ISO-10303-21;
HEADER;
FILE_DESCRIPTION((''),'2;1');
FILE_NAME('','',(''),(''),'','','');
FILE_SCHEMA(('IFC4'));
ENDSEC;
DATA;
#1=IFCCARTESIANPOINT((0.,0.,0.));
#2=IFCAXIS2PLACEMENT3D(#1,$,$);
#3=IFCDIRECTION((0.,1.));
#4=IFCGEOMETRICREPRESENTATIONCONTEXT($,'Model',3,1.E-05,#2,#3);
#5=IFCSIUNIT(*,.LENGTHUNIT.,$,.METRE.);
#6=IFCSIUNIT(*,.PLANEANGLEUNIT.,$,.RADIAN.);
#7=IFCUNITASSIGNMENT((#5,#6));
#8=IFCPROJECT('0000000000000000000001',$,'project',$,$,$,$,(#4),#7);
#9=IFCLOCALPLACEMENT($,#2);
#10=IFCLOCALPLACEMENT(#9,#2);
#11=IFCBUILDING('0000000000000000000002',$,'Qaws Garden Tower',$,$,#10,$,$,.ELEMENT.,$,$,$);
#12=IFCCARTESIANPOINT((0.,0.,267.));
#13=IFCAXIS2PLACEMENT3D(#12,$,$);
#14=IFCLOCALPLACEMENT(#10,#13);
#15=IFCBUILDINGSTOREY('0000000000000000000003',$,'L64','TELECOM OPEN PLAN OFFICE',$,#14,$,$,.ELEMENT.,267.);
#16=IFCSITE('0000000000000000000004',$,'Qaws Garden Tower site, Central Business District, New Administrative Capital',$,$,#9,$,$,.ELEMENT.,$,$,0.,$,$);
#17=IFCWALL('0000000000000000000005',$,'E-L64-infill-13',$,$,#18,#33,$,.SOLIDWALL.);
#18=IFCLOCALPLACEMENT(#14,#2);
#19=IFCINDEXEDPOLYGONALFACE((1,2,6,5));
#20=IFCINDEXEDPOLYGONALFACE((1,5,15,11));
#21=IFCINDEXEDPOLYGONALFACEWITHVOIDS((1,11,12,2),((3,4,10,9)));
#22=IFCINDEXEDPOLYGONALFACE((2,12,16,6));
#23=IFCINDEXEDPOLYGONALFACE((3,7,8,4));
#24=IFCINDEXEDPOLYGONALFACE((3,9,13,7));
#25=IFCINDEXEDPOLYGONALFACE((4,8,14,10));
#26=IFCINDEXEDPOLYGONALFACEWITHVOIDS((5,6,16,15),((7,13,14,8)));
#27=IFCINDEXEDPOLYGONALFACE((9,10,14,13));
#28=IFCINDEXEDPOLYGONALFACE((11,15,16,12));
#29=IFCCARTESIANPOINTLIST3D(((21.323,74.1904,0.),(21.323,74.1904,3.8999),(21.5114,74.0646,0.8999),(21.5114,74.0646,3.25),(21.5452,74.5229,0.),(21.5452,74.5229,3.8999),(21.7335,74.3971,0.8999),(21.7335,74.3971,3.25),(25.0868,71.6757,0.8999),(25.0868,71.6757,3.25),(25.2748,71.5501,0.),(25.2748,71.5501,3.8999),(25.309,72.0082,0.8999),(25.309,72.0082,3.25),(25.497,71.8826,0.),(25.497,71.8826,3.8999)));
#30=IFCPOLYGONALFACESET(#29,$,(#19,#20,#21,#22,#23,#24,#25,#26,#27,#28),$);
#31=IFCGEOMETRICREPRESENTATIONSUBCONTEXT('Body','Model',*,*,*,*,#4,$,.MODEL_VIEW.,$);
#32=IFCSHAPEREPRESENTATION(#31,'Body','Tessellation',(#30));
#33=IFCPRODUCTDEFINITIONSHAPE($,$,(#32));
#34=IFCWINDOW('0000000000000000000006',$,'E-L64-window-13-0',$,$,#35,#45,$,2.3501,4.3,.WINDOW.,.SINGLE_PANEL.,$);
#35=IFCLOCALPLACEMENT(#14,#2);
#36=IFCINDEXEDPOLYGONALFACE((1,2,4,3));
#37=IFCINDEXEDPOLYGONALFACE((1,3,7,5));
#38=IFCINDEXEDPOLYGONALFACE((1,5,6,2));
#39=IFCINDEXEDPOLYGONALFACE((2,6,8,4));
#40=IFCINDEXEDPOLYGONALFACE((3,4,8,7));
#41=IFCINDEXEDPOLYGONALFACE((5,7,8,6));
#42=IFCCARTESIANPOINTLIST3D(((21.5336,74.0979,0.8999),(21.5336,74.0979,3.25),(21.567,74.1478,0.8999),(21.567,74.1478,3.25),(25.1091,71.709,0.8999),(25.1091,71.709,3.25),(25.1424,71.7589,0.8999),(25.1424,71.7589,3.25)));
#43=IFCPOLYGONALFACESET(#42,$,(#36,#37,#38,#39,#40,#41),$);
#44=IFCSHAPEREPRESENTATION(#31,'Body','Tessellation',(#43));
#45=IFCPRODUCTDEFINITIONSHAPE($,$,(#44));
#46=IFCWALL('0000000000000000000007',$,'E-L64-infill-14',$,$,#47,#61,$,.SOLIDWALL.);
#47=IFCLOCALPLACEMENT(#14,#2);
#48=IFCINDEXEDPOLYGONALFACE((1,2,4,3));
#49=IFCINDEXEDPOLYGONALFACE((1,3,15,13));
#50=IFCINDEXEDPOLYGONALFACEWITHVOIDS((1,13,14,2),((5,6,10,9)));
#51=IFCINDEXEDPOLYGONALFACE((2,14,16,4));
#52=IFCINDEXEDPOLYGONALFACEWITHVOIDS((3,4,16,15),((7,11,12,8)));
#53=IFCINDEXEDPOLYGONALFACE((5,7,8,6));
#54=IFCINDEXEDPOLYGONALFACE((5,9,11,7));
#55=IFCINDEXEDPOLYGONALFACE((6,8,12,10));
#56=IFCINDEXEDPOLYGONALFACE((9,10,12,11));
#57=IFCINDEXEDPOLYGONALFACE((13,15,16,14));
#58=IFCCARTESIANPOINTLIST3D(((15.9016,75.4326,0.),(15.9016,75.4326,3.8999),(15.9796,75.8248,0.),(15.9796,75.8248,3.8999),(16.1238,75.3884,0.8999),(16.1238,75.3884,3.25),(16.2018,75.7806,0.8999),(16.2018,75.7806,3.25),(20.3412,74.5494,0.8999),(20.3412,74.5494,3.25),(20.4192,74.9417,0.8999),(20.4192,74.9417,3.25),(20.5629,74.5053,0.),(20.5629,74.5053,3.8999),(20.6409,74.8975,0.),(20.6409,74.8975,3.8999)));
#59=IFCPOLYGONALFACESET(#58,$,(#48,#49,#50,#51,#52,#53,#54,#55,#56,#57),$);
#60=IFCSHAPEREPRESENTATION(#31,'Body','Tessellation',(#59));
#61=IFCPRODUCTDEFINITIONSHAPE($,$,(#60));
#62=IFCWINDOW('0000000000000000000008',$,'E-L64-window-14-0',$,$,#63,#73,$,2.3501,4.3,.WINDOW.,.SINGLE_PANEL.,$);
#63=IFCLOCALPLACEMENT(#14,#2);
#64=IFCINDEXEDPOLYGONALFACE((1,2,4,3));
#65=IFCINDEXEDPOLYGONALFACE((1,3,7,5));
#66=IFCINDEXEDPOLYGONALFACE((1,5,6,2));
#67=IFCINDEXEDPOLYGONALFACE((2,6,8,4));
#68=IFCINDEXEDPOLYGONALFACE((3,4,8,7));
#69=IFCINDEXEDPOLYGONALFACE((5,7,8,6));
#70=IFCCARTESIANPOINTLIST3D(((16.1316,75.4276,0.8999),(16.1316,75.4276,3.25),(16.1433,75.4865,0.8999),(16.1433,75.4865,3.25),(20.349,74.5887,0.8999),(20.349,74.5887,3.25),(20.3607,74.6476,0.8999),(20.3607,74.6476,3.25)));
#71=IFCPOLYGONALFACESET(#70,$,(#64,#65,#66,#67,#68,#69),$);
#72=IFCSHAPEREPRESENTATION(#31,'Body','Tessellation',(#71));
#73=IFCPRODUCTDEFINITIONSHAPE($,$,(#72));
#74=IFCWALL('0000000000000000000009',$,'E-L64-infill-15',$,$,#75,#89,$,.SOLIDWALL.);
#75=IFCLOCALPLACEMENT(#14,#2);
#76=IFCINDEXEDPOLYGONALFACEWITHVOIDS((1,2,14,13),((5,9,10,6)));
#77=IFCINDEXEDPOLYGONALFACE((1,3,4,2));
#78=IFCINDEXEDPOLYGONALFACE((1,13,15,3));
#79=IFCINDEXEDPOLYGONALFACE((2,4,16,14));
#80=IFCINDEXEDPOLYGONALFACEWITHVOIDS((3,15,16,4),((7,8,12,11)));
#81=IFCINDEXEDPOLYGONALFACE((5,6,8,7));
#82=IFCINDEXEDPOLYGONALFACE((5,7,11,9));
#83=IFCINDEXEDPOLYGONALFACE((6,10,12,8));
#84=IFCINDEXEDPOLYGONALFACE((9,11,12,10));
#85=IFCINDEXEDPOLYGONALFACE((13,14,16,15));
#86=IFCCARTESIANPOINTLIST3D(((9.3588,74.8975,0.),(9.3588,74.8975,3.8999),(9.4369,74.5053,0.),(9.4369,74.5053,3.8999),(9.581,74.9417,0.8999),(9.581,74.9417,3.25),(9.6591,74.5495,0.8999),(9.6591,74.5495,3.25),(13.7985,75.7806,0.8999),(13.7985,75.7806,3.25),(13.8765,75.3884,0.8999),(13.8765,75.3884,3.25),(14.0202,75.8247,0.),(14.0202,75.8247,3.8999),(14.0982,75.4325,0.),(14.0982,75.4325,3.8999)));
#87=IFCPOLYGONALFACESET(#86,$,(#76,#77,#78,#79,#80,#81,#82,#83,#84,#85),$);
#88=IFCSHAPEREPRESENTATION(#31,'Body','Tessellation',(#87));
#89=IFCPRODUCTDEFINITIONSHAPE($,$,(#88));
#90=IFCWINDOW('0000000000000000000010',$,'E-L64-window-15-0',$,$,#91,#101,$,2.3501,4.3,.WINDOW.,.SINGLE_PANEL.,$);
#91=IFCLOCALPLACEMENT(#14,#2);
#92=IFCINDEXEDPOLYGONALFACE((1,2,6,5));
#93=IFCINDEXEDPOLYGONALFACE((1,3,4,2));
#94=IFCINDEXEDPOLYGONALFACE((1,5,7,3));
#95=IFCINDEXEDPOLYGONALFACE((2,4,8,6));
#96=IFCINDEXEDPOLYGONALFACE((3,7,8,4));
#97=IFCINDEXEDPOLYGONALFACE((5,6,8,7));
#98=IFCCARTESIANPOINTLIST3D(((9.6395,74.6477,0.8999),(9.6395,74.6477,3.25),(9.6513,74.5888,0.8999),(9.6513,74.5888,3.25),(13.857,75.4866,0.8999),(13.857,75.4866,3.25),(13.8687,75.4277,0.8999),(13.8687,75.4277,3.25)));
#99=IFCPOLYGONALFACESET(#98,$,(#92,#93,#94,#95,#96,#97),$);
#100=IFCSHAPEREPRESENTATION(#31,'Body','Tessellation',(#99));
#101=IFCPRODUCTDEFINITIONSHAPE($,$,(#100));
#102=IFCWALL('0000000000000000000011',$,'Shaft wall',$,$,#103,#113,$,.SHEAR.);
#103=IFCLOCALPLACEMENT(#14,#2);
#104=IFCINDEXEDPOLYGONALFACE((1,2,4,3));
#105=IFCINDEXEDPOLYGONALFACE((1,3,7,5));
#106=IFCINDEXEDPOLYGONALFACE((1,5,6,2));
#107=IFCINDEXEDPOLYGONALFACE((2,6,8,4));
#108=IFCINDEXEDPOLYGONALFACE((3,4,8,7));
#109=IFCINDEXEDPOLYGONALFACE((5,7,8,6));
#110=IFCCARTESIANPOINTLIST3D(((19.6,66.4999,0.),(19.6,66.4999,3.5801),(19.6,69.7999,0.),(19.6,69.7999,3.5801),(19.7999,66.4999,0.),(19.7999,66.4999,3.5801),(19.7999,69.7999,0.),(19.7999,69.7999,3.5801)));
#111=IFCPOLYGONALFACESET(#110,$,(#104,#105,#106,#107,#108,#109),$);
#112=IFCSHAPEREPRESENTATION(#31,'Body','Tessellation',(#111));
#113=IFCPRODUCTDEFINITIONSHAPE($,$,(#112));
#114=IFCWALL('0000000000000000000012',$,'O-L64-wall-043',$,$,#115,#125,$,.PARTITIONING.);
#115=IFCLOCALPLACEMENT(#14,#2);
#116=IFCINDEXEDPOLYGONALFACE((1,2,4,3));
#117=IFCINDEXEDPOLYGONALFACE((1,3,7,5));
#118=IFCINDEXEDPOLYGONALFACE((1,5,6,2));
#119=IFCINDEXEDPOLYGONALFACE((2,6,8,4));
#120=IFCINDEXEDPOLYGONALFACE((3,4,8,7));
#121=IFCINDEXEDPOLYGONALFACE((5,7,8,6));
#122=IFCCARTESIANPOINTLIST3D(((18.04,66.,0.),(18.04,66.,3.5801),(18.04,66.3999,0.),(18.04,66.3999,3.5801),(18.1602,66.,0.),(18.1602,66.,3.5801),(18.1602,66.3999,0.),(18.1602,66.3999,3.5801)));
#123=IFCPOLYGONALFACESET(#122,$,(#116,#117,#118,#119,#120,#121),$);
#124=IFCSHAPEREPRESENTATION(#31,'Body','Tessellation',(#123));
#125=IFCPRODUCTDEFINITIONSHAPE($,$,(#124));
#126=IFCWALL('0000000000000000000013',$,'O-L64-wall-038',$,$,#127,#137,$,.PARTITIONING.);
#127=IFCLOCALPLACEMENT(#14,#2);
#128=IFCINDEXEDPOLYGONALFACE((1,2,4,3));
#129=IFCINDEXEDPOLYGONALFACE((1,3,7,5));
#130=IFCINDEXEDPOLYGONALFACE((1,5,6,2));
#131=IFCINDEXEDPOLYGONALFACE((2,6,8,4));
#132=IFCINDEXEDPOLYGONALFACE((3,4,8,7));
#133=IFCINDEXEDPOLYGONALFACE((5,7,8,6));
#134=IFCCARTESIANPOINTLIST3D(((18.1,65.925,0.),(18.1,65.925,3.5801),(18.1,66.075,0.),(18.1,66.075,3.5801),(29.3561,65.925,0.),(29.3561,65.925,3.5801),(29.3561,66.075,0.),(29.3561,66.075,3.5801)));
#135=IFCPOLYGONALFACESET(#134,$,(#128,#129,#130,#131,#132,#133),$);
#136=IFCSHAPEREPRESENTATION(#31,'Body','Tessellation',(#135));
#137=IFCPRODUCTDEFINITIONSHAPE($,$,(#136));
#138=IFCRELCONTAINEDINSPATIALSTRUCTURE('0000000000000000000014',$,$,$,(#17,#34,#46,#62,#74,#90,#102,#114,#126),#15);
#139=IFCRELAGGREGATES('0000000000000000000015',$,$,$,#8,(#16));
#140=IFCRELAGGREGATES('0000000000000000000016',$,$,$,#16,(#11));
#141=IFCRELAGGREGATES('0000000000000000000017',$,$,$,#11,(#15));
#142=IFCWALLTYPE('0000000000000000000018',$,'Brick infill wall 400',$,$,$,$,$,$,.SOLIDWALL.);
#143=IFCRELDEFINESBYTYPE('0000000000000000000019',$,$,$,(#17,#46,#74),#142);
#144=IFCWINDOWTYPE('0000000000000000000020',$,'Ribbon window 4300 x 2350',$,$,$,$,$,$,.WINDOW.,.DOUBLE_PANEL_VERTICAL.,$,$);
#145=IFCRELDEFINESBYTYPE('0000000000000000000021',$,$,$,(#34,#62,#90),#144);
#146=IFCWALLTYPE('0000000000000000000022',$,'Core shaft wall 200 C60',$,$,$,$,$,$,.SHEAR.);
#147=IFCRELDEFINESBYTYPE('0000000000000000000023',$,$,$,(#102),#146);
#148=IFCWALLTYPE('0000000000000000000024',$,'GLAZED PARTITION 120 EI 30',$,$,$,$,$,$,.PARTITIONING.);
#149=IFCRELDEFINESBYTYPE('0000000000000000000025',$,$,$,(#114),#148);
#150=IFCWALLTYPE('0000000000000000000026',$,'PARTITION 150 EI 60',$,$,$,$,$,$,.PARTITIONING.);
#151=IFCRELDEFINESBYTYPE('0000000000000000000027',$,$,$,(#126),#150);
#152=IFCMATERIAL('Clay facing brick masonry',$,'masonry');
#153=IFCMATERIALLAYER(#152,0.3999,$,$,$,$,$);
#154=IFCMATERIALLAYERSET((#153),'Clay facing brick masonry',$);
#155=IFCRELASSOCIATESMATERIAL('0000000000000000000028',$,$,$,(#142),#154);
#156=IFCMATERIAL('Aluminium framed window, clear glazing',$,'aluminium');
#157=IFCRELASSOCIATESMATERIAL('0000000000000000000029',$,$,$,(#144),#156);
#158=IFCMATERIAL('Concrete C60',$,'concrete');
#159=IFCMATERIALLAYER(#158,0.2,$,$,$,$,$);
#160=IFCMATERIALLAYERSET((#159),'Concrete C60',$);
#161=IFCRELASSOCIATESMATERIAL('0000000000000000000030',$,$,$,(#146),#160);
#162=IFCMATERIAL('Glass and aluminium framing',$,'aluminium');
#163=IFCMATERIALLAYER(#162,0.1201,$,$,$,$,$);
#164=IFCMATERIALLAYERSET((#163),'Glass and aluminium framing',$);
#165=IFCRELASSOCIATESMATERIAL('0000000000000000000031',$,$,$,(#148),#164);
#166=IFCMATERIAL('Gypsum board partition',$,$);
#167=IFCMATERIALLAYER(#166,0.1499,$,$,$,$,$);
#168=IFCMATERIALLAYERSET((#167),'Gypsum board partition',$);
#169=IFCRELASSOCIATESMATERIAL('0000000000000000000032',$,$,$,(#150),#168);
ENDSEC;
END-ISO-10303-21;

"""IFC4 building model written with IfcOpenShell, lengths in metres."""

from ifc_helpers import new_model, si_unit, direction, frame, frame_2d, origin, place, context, subcontext, project, spatial, rectangle, extrude, material, layer, layer_set, type_object, element, fill, save


model = new_model("IFC4")

# Units and contexts
model_context = context("Model", 3, precision=1e-05, world=origin(), true_north=direction((0.0, 1.0)))
body_context = subcontext(model_context, "Body", "Model", "MODEL_VIEW")
ifc_project = project(units=[si_unit("LENGTHUNIT", "METRE"), si_unit("PLANEANGLEUNIT", "RADIAN")], contexts=[model_context])

# Site, building, storey
site_placement = place(None, origin())
site = spatial("IfcSite", under=ifc_project, at=site_placement, Name="Qaws Garden Tower site, Central Business District, New Administrative Capital", CompositionType="ELEMENT", RefElevation=0.0)
building_placement = place(site_placement, origin())
building = spatial("IfcBuilding", under=site, at=building_placement, Name="Qaws Garden Tower", CompositionType="ELEMENT")
storey_placement = place(building_placement, frame((0.0, 0.0, 267.0)))
storey = spatial("IfcBuildingStorey", under=building, at=storey_placement, Name="L64", Description="TELECOM OPEN PLAN OFFICE", CompositionType="ELEMENT", Elevation=267.0)

# Walls, openings, windows
ifc_material_1 = material(Name="Clay facing brick masonry", Category="masonry")
ifc_layer_1 = layer(ifc_material_1, 0.3999)
ifc_layer_set_1 = layer_set([ifc_layer_1], Name="Clay facing brick masonry")
wall_type_1 = type_object("IfcWallType", Name="Brick infill wall 400", PredefinedType="SOLIDWALL", material=ifc_layer_set_1)
ifc_material_2 = material(Name="Aluminium framed window, clear glazing", Category="aluminium")
window_type = type_object("IfcWindowType", Name="Ribbon window 4300 x 2350", PartitioningType="DOUBLE_PANEL_VERTICAL", PredefinedType="WINDOW", material=ifc_material_2)
wall_1_placement = place(storey_placement, frame((25.386, 71.7163, 0.0), z_axis=(0.0, 0.0, 1.0), x_axis=(-0.831489, 0.555542, 0.0)))
wall_1 = element("IfcWall", 1, at=wall_1_placement, inside=storey, type_object=wall_type_1, Name="E-L64-infill-13", PredefinedType="SOLIDWALL", context=body_context, shape_type="SweptSolid", body=[
    extrude(rectangle(XDim=4.7527, YDim=0.3999, at=frame_2d((2.3765, 0.0))), origin(), (0.0, 0.0, 1.0), 3.8999),
])
opening_1_placement = place(wall_1_placement, frame((0.2263, 0.0, 0.8999)))
opening_1 = element("IfcOpeningElement", 2, at=opening_1_placement, cuts=wall_1, PredefinedType="OPENING", context=body_context, shape_type="SweptSolid", body=[
    extrude(rectangle(XDim=4.3, YDim=2.3501, at=frame_2d((2.1499, 1.175))), frame((0.0, 0.21, 0.0), z_axis=(0.0, -1.0, 0.0), x_axis=(1.0, 0.0, 0.0)), (0.0, 0.0, 1.0), 0.4199),
])
window_1_placement = place(opening_1_placement, origin())
window_1 = element("IfcWindow", 3, at=window_1_placement, inside=storey, type_object=window_type, Name="E-L64-window-13-0", OverallHeight=2.3501, OverallWidth=4.3, PartitioningType="SINGLE_PANEL", PredefinedType="WINDOW", context=body_context, shape_type="SweptSolid", body=[
    extrude(rectangle(XDim=4.3, YDim=2.3501, at=frame_2d((2.1499, 1.175))), frame((0.0, 0.1599, 0.0), z_axis=(0.0, -1.0, 0.0), x_axis=(1.0, 0.0, 0.0)), (0.0, 0.0, 1.0), 0.0601),
])
fill(opening_1, window_1)
wall_2_placement = place(storey_placement, frame((20.6021, 74.7014, 0.0), z_axis=(0.0, 0.0, 1.0), x_axis=(-0.980784, 0.195099, 0.0)))
wall_2 = element("IfcWall", 4, at=wall_2_placement, inside=storey, type_object=wall_type_1, Name="E-L64-infill-14", PredefinedType="SOLIDWALL", context=body_context, shape_type="SweptSolid", body=[
    extrude(rectangle(XDim=4.7527, YDim=0.3999, at=frame_2d((2.3765, 0.0))), origin(), (0.0, 0.0, 1.0), 3.8999),
])
opening_2_placement = place(wall_2_placement, frame((0.2263, 0.0, 0.8999)))
opening_2 = element("IfcOpeningElement", 5, at=opening_2_placement, cuts=wall_2, PredefinedType="OPENING", context=body_context, shape_type="SweptSolid", body=[
    extrude(rectangle(XDim=4.3, YDim=2.3501, at=frame_2d((2.1499, 1.175))), frame((0.0, 0.21, 0.0), z_axis=(0.0, -1.0, 0.0), x_axis=(1.0, 0.0, 0.0)), (0.0, 0.0, 1.0), 0.4199),
])
window_2_placement = place(opening_2_placement, origin())
window_2 = element("IfcWindow", 6, at=window_2_placement, inside=storey, type_object=window_type, Name="E-L64-window-14-0", OverallHeight=2.3501, OverallWidth=4.3, PartitioningType="SINGLE_PANEL", PredefinedType="WINDOW", context=body_context, shape_type="SweptSolid", body=[
    extrude(rectangle(XDim=4.3, YDim=2.3501, at=frame_2d((2.1499, 1.175))), frame((0.0, 0.1599, 0.0), z_axis=(0.0, -1.0, 0.0), x_axis=(1.0, 0.0, 0.0)), (0.0, 0.0, 1.0), 0.0601),
])
fill(opening_2, window_2)
wall_3_placement = place(storey_placement, frame((14.0593, 75.6287, 0.0), z_axis=(0.0, 0.0, 1.0), x_axis=(-0.980784, -0.195099, 0.0)))
wall_3 = element("IfcWall", 7, at=wall_3_placement, inside=storey, type_object=wall_type_1, Name="E-L64-infill-15", PredefinedType="SOLIDWALL", context=body_context, shape_type="SweptSolid", body=[
    extrude(rectangle(XDim=4.7527, YDim=0.3999, at=frame_2d((2.3765, 0.0))), origin(), (0.0, 0.0, 1.0), 3.8999),
])
opening_3_placement = place(wall_3_placement, frame((0.2263, 0.0, 0.8999)))
opening_3 = element("IfcOpeningElement", 8, at=opening_3_placement, cuts=wall_3, PredefinedType="OPENING", context=body_context, shape_type="SweptSolid", body=[
    extrude(rectangle(XDim=4.3, YDim=2.3501, at=frame_2d((2.1499, 1.175))), frame((0.0, 0.21, 0.0), z_axis=(0.0, -1.0, 0.0), x_axis=(1.0, 0.0, 0.0)), (0.0, 0.0, 1.0), 0.4199),
])
window_3_placement = place(opening_3_placement, origin())
window_3 = element("IfcWindow", 9, at=window_3_placement, inside=storey, type_object=window_type, Name="E-L64-window-15-0", OverallHeight=2.3501, OverallWidth=4.3, PartitioningType="SINGLE_PANEL", PredefinedType="WINDOW", context=body_context, shape_type="SweptSolid", body=[
    extrude(rectangle(XDim=4.3, YDim=2.3501, at=frame_2d((2.1499, 1.175))), frame((0.0, 0.1599, 0.0), z_axis=(0.0, -1.0, 0.0), x_axis=(1.0, 0.0, 0.0)), (0.0, 0.0, 1.0), 0.0601),
])
fill(opening_3, window_3)

# Walls
ifc_material_3 = material(Name="Concrete C60", Category="concrete")
ifc_layer_2 = layer(ifc_material_3, 0.2)
ifc_layer_set_2 = layer_set([ifc_layer_2], Name="Concrete C60")
wall_type_2 = type_object("IfcWallType", Name="Core shaft wall 200 C60", PredefinedType="SHEAR", material=ifc_layer_set_2)
wall_4_placement = place(storey_placement, frame((19.7, 66.5, 0.0), z_axis=(0.0, 0.0, 1.0), x_axis=(0.0, 1.0, 0.0)))
element("IfcWall", 10, at=wall_4_placement, inside=storey, type_object=wall_type_2, Name="Shaft wall", PredefinedType="SHEAR", context=body_context, shape_type="SweptSolid", body=[
    extrude(rectangle(XDim=3.3, YDim=0.2, at=frame_2d((1.6499, 0.0))), origin(), (0.0, 0.0, 1.0), 3.5801),
])
ifc_material_4 = material(Name="Glass and aluminium framing", Category="aluminium")
ifc_layer_3 = layer(ifc_material_4, 0.1201)
ifc_layer_set_3 = layer_set([ifc_layer_3], Name="Glass and aluminium framing")
wall_type_3 = type_object("IfcWallType", Name="GLAZED PARTITION 120 EI 30", PredefinedType="PARTITIONING", material=ifc_layer_set_3)
wall_5_placement = place(storey_placement, frame((18.1001, 66.0, 0.0), z_axis=(0.0, 0.0, 1.0), x_axis=(0.0, 1.0, 0.0)))
element("IfcWall", 11, at=wall_5_placement, inside=storey, type_object=wall_type_3, Name="O-L64-wall-043", PredefinedType="PARTITIONING", context=body_context, shape_type="SweptSolid", body=[
    extrude(rectangle(XDim=0.3999, YDim=0.1201, at=frame_2d((0.2, 0.0))), origin(), (0.0, 0.0, 1.0), 3.5801),
])
ifc_material_5 = material(Name="Gypsum board partition")
ifc_layer_4 = layer(ifc_material_5, 0.1499)
ifc_layer_set_4 = layer_set([ifc_layer_4], Name="Gypsum board partition")
wall_type_4 = type_object("IfcWallType", Name="PARTITION 150 EI 60", PredefinedType="PARTITIONING", material=ifc_layer_set_4)
wall_6_placement = place(storey_placement, frame((18.1001, 66.0, 0.0), z_axis=(0.0, 0.0, 1.0), x_axis=(1.0, 0.0, 0.0)))
element("IfcWall", 12, at=wall_6_placement, inside=storey, type_object=wall_type_4, Name="O-L64-wall-038", PredefinedType="PARTITIONING", context=body_context, shape_type="SweptSolid", body=[
    extrude(rectangle(XDim=11.2561, YDim=0.1499, at=frame_2d((5.6279, 0.0))), origin(), (0.0, 0.0, 1.0), 3.5801),
])

save(model, "model.ifc")
